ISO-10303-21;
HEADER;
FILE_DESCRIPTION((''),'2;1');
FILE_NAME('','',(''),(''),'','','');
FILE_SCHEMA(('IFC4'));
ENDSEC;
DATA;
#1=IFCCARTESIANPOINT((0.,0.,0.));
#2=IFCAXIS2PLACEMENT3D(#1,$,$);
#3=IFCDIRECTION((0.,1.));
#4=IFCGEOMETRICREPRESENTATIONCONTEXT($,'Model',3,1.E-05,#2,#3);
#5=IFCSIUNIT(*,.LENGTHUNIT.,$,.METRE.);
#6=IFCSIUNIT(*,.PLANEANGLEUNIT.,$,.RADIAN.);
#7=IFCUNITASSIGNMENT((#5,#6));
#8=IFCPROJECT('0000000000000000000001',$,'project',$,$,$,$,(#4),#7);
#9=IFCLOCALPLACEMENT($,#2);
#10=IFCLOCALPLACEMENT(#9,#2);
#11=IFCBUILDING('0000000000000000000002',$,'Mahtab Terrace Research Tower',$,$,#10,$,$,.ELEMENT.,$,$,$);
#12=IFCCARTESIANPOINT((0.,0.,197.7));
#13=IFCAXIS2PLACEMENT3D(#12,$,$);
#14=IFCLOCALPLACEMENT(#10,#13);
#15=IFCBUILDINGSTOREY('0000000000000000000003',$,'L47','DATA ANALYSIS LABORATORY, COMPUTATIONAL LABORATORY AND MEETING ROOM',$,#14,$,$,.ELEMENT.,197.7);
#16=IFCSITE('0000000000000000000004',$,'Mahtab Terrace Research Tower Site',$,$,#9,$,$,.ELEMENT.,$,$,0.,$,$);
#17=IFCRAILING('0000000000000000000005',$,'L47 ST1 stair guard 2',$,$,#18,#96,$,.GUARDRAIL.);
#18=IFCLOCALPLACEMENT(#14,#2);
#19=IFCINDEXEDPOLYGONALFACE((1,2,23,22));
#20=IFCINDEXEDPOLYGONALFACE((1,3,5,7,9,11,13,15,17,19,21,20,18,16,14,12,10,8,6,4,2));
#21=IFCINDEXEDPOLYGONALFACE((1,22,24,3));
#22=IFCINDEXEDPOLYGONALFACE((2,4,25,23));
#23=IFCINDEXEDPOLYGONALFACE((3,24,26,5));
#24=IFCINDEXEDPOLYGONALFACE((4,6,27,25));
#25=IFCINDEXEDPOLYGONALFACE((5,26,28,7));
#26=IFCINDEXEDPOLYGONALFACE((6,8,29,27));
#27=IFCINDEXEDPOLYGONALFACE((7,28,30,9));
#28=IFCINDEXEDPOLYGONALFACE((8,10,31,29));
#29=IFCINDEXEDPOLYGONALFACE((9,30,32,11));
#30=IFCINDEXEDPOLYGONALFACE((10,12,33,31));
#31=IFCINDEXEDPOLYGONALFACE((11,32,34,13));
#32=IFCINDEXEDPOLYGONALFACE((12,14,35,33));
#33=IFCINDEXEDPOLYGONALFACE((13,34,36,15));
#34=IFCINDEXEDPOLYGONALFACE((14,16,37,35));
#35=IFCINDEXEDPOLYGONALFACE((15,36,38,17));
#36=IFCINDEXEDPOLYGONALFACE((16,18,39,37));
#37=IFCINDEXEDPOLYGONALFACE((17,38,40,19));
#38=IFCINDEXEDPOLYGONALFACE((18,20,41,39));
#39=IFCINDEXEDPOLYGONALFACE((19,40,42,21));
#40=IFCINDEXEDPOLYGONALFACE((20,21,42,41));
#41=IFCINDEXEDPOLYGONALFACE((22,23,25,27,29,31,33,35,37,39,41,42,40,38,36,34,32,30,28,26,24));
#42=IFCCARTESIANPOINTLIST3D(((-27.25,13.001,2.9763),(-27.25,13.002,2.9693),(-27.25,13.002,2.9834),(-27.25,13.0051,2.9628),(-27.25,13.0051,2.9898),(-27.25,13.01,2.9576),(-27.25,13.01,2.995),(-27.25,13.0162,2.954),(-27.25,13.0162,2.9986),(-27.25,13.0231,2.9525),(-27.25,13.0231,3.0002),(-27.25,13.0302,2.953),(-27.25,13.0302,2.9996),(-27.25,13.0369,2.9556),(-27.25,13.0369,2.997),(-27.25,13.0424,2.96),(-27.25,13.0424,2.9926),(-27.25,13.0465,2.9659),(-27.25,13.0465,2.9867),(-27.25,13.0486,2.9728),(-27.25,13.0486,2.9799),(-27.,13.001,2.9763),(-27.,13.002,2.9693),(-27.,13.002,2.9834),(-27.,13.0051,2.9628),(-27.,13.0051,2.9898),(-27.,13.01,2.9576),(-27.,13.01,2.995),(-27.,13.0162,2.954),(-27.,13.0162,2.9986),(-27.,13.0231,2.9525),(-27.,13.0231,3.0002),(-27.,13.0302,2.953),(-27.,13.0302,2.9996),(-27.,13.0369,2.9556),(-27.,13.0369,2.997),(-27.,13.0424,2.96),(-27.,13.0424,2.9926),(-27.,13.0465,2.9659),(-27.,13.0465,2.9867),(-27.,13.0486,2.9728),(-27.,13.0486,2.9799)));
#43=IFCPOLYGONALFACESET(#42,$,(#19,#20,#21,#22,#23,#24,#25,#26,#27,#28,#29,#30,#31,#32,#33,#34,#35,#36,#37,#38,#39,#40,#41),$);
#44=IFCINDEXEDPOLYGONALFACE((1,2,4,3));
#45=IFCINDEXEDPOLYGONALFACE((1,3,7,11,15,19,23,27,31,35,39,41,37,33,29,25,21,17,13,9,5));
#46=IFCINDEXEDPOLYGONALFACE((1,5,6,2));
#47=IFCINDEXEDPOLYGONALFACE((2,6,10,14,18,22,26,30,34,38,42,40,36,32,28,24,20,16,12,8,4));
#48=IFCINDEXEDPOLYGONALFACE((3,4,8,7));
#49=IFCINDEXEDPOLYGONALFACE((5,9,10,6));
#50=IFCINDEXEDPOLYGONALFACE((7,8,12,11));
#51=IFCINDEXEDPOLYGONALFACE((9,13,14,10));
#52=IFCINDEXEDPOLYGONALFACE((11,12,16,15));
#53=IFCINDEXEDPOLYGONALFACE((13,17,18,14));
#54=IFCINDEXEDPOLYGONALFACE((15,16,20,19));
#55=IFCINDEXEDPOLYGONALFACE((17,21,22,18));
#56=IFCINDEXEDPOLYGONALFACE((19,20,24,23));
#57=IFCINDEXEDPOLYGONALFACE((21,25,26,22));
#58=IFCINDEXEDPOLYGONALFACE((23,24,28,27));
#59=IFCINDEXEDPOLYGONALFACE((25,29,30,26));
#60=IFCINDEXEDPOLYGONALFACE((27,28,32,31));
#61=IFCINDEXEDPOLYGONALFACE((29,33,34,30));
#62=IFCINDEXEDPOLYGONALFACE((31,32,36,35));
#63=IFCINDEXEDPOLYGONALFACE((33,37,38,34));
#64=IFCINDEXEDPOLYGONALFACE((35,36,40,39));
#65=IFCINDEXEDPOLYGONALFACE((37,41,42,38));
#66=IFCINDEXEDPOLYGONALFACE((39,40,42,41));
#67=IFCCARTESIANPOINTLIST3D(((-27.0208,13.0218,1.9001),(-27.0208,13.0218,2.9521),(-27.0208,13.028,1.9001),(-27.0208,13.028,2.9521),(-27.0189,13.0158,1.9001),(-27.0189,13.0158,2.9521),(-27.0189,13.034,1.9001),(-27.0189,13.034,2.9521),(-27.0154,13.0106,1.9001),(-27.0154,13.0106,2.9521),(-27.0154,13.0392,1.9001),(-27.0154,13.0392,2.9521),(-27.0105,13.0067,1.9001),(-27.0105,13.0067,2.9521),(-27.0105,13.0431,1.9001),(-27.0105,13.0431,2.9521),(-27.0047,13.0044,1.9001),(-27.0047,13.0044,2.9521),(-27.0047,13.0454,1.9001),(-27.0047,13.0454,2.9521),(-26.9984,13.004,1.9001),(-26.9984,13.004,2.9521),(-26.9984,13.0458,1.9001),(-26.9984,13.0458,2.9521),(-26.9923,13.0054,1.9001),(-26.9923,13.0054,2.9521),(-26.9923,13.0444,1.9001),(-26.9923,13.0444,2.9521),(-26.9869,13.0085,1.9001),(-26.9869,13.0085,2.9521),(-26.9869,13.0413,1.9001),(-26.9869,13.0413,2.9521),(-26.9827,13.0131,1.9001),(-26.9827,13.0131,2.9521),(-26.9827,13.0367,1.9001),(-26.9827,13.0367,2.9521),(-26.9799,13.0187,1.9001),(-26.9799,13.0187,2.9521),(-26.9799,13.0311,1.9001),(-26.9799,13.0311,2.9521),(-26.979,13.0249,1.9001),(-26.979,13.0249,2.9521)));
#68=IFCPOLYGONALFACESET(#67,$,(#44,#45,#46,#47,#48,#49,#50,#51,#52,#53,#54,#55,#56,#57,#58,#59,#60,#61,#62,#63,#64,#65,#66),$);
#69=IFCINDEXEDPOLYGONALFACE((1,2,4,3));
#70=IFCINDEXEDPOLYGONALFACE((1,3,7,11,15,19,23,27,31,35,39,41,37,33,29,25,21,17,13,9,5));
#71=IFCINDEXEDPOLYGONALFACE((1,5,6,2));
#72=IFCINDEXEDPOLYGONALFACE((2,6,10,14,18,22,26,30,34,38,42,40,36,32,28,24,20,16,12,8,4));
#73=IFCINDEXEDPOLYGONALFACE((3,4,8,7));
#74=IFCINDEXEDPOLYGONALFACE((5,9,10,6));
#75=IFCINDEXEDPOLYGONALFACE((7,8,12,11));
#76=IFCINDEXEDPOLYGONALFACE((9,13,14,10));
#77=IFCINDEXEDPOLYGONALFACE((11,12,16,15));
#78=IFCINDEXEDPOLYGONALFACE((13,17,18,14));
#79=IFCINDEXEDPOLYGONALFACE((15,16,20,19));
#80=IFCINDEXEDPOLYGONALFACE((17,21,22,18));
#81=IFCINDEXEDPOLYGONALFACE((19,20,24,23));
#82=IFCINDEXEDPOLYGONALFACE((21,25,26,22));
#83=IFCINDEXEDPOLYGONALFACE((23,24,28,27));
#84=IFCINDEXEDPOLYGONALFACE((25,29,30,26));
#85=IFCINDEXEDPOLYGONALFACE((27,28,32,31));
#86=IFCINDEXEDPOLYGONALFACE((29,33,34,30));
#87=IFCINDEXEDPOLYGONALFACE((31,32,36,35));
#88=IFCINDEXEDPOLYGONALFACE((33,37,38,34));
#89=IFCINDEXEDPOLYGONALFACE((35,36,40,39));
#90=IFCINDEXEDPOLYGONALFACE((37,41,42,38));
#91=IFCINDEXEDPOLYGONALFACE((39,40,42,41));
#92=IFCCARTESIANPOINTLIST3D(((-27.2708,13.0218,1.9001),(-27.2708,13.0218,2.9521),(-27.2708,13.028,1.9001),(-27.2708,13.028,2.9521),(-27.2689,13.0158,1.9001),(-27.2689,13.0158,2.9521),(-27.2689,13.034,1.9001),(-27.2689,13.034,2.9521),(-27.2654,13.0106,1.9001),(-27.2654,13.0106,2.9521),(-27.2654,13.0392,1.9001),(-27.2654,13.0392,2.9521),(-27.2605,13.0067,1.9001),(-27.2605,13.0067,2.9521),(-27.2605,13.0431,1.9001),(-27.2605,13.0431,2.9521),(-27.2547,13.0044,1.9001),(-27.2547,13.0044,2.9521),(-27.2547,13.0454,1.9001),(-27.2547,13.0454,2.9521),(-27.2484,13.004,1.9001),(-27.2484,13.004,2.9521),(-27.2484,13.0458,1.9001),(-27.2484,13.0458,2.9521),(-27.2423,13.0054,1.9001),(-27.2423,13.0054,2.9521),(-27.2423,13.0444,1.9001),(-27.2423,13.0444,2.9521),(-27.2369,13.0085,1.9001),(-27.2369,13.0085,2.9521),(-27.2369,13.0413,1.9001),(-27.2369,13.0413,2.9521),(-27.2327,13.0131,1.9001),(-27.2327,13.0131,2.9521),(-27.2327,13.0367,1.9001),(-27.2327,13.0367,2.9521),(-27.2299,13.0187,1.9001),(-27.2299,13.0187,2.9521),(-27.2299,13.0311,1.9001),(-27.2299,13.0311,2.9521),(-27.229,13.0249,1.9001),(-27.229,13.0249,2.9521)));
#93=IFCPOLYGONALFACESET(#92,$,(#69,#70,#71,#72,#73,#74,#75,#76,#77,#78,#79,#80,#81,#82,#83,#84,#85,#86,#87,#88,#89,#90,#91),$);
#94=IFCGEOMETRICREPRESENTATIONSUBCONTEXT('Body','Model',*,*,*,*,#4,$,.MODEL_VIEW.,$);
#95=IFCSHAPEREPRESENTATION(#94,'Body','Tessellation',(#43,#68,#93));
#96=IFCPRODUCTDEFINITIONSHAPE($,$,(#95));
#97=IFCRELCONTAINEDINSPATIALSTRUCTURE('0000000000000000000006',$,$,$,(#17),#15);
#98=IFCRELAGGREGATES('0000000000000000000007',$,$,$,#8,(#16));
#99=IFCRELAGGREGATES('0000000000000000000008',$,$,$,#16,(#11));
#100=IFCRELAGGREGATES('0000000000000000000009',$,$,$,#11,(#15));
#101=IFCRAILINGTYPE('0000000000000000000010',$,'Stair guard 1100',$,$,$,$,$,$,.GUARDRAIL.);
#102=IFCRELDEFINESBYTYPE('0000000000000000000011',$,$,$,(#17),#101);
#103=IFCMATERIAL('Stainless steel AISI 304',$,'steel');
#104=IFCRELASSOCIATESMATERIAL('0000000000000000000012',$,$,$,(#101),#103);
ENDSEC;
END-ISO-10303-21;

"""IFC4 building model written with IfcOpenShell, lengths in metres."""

from ifc_helpers import new_model, si_unit, direction, frame, origin, origin_2d, place, context, subcontext, project, spatial, circle, extrude, material, type_object, element, save


model = new_model("IFC4")

# Units and contexts
model_context = context("Model", 3, precision=1e-05, world=origin(), true_north=direction((0.0, 1.0)))
body_context = subcontext(model_context, "Body", "Model", "MODEL_VIEW")
ifc_project = project(units=[si_unit("LENGTHUNIT", "METRE"), si_unit("PLANEANGLEUNIT", "RADIAN")], contexts=[model_context])

# Site, building, storey
site_placement = place(None, origin())
site = spatial("IfcSite", under=ifc_project, at=site_placement, Name="Mahtab Terrace Research Tower Site", CompositionType="ELEMENT", RefElevation=0.0)
building_placement = place(site_placement, origin())
building = spatial("IfcBuilding", under=site, at=building_placement, Name="Mahtab Terrace Research Tower", CompositionType="ELEMENT")
storey_placement = place(building_placement, frame((0.0, 0.0, 197.7)))
storey = spatial("IfcBuildingStorey", under=building, at=storey_placement, Name="L47", Description="DATA ANALYSIS LABORATORY, COMPUTATIONAL LABORATORY AND MEETING ROOM", CompositionType="ELEMENT", Elevation=197.7)

# Railing
ifc_material_1 = material(Name="Stainless steel AISI 304", Category="steel")
railing_type_1 = type_object("IfcRailingType", Name="Stair guard 1100", PredefinedType="GUARDRAIL", material=ifc_material_1)
railing_1_placement = place(storey_placement, frame((-27.0, 13.0249, 1.9001)))
element("IfcRailing", 1, at=railing_1_placement, inside=storey, type_object=railing_type_1, Name="L47 ST1 stair guard 2", PredefinedType="GUARDRAIL", context=body_context, shape_type="SweptSolid", body=[
    extrude(circle(Radius=0.0239, at=origin_2d()), frame((0.0, 0.0, 1.0762), z_axis=(-1.0, 0.0, 0.0), x_axis=(0.0, -1.0, 0.0)), (0.0, 0.0, 1.0), 0.25),
    extrude(circle(Radius=0.021, at=origin_2d()), origin(), (0.0, 0.0, 1.0), 1.052),
    extrude(circle(Radius=0.021, at=origin_2d()), frame((-0.25, 0.0, 0.0)), (0.0, 0.0, 1.0), 1.052),
])

save(model, "model.ifc")
